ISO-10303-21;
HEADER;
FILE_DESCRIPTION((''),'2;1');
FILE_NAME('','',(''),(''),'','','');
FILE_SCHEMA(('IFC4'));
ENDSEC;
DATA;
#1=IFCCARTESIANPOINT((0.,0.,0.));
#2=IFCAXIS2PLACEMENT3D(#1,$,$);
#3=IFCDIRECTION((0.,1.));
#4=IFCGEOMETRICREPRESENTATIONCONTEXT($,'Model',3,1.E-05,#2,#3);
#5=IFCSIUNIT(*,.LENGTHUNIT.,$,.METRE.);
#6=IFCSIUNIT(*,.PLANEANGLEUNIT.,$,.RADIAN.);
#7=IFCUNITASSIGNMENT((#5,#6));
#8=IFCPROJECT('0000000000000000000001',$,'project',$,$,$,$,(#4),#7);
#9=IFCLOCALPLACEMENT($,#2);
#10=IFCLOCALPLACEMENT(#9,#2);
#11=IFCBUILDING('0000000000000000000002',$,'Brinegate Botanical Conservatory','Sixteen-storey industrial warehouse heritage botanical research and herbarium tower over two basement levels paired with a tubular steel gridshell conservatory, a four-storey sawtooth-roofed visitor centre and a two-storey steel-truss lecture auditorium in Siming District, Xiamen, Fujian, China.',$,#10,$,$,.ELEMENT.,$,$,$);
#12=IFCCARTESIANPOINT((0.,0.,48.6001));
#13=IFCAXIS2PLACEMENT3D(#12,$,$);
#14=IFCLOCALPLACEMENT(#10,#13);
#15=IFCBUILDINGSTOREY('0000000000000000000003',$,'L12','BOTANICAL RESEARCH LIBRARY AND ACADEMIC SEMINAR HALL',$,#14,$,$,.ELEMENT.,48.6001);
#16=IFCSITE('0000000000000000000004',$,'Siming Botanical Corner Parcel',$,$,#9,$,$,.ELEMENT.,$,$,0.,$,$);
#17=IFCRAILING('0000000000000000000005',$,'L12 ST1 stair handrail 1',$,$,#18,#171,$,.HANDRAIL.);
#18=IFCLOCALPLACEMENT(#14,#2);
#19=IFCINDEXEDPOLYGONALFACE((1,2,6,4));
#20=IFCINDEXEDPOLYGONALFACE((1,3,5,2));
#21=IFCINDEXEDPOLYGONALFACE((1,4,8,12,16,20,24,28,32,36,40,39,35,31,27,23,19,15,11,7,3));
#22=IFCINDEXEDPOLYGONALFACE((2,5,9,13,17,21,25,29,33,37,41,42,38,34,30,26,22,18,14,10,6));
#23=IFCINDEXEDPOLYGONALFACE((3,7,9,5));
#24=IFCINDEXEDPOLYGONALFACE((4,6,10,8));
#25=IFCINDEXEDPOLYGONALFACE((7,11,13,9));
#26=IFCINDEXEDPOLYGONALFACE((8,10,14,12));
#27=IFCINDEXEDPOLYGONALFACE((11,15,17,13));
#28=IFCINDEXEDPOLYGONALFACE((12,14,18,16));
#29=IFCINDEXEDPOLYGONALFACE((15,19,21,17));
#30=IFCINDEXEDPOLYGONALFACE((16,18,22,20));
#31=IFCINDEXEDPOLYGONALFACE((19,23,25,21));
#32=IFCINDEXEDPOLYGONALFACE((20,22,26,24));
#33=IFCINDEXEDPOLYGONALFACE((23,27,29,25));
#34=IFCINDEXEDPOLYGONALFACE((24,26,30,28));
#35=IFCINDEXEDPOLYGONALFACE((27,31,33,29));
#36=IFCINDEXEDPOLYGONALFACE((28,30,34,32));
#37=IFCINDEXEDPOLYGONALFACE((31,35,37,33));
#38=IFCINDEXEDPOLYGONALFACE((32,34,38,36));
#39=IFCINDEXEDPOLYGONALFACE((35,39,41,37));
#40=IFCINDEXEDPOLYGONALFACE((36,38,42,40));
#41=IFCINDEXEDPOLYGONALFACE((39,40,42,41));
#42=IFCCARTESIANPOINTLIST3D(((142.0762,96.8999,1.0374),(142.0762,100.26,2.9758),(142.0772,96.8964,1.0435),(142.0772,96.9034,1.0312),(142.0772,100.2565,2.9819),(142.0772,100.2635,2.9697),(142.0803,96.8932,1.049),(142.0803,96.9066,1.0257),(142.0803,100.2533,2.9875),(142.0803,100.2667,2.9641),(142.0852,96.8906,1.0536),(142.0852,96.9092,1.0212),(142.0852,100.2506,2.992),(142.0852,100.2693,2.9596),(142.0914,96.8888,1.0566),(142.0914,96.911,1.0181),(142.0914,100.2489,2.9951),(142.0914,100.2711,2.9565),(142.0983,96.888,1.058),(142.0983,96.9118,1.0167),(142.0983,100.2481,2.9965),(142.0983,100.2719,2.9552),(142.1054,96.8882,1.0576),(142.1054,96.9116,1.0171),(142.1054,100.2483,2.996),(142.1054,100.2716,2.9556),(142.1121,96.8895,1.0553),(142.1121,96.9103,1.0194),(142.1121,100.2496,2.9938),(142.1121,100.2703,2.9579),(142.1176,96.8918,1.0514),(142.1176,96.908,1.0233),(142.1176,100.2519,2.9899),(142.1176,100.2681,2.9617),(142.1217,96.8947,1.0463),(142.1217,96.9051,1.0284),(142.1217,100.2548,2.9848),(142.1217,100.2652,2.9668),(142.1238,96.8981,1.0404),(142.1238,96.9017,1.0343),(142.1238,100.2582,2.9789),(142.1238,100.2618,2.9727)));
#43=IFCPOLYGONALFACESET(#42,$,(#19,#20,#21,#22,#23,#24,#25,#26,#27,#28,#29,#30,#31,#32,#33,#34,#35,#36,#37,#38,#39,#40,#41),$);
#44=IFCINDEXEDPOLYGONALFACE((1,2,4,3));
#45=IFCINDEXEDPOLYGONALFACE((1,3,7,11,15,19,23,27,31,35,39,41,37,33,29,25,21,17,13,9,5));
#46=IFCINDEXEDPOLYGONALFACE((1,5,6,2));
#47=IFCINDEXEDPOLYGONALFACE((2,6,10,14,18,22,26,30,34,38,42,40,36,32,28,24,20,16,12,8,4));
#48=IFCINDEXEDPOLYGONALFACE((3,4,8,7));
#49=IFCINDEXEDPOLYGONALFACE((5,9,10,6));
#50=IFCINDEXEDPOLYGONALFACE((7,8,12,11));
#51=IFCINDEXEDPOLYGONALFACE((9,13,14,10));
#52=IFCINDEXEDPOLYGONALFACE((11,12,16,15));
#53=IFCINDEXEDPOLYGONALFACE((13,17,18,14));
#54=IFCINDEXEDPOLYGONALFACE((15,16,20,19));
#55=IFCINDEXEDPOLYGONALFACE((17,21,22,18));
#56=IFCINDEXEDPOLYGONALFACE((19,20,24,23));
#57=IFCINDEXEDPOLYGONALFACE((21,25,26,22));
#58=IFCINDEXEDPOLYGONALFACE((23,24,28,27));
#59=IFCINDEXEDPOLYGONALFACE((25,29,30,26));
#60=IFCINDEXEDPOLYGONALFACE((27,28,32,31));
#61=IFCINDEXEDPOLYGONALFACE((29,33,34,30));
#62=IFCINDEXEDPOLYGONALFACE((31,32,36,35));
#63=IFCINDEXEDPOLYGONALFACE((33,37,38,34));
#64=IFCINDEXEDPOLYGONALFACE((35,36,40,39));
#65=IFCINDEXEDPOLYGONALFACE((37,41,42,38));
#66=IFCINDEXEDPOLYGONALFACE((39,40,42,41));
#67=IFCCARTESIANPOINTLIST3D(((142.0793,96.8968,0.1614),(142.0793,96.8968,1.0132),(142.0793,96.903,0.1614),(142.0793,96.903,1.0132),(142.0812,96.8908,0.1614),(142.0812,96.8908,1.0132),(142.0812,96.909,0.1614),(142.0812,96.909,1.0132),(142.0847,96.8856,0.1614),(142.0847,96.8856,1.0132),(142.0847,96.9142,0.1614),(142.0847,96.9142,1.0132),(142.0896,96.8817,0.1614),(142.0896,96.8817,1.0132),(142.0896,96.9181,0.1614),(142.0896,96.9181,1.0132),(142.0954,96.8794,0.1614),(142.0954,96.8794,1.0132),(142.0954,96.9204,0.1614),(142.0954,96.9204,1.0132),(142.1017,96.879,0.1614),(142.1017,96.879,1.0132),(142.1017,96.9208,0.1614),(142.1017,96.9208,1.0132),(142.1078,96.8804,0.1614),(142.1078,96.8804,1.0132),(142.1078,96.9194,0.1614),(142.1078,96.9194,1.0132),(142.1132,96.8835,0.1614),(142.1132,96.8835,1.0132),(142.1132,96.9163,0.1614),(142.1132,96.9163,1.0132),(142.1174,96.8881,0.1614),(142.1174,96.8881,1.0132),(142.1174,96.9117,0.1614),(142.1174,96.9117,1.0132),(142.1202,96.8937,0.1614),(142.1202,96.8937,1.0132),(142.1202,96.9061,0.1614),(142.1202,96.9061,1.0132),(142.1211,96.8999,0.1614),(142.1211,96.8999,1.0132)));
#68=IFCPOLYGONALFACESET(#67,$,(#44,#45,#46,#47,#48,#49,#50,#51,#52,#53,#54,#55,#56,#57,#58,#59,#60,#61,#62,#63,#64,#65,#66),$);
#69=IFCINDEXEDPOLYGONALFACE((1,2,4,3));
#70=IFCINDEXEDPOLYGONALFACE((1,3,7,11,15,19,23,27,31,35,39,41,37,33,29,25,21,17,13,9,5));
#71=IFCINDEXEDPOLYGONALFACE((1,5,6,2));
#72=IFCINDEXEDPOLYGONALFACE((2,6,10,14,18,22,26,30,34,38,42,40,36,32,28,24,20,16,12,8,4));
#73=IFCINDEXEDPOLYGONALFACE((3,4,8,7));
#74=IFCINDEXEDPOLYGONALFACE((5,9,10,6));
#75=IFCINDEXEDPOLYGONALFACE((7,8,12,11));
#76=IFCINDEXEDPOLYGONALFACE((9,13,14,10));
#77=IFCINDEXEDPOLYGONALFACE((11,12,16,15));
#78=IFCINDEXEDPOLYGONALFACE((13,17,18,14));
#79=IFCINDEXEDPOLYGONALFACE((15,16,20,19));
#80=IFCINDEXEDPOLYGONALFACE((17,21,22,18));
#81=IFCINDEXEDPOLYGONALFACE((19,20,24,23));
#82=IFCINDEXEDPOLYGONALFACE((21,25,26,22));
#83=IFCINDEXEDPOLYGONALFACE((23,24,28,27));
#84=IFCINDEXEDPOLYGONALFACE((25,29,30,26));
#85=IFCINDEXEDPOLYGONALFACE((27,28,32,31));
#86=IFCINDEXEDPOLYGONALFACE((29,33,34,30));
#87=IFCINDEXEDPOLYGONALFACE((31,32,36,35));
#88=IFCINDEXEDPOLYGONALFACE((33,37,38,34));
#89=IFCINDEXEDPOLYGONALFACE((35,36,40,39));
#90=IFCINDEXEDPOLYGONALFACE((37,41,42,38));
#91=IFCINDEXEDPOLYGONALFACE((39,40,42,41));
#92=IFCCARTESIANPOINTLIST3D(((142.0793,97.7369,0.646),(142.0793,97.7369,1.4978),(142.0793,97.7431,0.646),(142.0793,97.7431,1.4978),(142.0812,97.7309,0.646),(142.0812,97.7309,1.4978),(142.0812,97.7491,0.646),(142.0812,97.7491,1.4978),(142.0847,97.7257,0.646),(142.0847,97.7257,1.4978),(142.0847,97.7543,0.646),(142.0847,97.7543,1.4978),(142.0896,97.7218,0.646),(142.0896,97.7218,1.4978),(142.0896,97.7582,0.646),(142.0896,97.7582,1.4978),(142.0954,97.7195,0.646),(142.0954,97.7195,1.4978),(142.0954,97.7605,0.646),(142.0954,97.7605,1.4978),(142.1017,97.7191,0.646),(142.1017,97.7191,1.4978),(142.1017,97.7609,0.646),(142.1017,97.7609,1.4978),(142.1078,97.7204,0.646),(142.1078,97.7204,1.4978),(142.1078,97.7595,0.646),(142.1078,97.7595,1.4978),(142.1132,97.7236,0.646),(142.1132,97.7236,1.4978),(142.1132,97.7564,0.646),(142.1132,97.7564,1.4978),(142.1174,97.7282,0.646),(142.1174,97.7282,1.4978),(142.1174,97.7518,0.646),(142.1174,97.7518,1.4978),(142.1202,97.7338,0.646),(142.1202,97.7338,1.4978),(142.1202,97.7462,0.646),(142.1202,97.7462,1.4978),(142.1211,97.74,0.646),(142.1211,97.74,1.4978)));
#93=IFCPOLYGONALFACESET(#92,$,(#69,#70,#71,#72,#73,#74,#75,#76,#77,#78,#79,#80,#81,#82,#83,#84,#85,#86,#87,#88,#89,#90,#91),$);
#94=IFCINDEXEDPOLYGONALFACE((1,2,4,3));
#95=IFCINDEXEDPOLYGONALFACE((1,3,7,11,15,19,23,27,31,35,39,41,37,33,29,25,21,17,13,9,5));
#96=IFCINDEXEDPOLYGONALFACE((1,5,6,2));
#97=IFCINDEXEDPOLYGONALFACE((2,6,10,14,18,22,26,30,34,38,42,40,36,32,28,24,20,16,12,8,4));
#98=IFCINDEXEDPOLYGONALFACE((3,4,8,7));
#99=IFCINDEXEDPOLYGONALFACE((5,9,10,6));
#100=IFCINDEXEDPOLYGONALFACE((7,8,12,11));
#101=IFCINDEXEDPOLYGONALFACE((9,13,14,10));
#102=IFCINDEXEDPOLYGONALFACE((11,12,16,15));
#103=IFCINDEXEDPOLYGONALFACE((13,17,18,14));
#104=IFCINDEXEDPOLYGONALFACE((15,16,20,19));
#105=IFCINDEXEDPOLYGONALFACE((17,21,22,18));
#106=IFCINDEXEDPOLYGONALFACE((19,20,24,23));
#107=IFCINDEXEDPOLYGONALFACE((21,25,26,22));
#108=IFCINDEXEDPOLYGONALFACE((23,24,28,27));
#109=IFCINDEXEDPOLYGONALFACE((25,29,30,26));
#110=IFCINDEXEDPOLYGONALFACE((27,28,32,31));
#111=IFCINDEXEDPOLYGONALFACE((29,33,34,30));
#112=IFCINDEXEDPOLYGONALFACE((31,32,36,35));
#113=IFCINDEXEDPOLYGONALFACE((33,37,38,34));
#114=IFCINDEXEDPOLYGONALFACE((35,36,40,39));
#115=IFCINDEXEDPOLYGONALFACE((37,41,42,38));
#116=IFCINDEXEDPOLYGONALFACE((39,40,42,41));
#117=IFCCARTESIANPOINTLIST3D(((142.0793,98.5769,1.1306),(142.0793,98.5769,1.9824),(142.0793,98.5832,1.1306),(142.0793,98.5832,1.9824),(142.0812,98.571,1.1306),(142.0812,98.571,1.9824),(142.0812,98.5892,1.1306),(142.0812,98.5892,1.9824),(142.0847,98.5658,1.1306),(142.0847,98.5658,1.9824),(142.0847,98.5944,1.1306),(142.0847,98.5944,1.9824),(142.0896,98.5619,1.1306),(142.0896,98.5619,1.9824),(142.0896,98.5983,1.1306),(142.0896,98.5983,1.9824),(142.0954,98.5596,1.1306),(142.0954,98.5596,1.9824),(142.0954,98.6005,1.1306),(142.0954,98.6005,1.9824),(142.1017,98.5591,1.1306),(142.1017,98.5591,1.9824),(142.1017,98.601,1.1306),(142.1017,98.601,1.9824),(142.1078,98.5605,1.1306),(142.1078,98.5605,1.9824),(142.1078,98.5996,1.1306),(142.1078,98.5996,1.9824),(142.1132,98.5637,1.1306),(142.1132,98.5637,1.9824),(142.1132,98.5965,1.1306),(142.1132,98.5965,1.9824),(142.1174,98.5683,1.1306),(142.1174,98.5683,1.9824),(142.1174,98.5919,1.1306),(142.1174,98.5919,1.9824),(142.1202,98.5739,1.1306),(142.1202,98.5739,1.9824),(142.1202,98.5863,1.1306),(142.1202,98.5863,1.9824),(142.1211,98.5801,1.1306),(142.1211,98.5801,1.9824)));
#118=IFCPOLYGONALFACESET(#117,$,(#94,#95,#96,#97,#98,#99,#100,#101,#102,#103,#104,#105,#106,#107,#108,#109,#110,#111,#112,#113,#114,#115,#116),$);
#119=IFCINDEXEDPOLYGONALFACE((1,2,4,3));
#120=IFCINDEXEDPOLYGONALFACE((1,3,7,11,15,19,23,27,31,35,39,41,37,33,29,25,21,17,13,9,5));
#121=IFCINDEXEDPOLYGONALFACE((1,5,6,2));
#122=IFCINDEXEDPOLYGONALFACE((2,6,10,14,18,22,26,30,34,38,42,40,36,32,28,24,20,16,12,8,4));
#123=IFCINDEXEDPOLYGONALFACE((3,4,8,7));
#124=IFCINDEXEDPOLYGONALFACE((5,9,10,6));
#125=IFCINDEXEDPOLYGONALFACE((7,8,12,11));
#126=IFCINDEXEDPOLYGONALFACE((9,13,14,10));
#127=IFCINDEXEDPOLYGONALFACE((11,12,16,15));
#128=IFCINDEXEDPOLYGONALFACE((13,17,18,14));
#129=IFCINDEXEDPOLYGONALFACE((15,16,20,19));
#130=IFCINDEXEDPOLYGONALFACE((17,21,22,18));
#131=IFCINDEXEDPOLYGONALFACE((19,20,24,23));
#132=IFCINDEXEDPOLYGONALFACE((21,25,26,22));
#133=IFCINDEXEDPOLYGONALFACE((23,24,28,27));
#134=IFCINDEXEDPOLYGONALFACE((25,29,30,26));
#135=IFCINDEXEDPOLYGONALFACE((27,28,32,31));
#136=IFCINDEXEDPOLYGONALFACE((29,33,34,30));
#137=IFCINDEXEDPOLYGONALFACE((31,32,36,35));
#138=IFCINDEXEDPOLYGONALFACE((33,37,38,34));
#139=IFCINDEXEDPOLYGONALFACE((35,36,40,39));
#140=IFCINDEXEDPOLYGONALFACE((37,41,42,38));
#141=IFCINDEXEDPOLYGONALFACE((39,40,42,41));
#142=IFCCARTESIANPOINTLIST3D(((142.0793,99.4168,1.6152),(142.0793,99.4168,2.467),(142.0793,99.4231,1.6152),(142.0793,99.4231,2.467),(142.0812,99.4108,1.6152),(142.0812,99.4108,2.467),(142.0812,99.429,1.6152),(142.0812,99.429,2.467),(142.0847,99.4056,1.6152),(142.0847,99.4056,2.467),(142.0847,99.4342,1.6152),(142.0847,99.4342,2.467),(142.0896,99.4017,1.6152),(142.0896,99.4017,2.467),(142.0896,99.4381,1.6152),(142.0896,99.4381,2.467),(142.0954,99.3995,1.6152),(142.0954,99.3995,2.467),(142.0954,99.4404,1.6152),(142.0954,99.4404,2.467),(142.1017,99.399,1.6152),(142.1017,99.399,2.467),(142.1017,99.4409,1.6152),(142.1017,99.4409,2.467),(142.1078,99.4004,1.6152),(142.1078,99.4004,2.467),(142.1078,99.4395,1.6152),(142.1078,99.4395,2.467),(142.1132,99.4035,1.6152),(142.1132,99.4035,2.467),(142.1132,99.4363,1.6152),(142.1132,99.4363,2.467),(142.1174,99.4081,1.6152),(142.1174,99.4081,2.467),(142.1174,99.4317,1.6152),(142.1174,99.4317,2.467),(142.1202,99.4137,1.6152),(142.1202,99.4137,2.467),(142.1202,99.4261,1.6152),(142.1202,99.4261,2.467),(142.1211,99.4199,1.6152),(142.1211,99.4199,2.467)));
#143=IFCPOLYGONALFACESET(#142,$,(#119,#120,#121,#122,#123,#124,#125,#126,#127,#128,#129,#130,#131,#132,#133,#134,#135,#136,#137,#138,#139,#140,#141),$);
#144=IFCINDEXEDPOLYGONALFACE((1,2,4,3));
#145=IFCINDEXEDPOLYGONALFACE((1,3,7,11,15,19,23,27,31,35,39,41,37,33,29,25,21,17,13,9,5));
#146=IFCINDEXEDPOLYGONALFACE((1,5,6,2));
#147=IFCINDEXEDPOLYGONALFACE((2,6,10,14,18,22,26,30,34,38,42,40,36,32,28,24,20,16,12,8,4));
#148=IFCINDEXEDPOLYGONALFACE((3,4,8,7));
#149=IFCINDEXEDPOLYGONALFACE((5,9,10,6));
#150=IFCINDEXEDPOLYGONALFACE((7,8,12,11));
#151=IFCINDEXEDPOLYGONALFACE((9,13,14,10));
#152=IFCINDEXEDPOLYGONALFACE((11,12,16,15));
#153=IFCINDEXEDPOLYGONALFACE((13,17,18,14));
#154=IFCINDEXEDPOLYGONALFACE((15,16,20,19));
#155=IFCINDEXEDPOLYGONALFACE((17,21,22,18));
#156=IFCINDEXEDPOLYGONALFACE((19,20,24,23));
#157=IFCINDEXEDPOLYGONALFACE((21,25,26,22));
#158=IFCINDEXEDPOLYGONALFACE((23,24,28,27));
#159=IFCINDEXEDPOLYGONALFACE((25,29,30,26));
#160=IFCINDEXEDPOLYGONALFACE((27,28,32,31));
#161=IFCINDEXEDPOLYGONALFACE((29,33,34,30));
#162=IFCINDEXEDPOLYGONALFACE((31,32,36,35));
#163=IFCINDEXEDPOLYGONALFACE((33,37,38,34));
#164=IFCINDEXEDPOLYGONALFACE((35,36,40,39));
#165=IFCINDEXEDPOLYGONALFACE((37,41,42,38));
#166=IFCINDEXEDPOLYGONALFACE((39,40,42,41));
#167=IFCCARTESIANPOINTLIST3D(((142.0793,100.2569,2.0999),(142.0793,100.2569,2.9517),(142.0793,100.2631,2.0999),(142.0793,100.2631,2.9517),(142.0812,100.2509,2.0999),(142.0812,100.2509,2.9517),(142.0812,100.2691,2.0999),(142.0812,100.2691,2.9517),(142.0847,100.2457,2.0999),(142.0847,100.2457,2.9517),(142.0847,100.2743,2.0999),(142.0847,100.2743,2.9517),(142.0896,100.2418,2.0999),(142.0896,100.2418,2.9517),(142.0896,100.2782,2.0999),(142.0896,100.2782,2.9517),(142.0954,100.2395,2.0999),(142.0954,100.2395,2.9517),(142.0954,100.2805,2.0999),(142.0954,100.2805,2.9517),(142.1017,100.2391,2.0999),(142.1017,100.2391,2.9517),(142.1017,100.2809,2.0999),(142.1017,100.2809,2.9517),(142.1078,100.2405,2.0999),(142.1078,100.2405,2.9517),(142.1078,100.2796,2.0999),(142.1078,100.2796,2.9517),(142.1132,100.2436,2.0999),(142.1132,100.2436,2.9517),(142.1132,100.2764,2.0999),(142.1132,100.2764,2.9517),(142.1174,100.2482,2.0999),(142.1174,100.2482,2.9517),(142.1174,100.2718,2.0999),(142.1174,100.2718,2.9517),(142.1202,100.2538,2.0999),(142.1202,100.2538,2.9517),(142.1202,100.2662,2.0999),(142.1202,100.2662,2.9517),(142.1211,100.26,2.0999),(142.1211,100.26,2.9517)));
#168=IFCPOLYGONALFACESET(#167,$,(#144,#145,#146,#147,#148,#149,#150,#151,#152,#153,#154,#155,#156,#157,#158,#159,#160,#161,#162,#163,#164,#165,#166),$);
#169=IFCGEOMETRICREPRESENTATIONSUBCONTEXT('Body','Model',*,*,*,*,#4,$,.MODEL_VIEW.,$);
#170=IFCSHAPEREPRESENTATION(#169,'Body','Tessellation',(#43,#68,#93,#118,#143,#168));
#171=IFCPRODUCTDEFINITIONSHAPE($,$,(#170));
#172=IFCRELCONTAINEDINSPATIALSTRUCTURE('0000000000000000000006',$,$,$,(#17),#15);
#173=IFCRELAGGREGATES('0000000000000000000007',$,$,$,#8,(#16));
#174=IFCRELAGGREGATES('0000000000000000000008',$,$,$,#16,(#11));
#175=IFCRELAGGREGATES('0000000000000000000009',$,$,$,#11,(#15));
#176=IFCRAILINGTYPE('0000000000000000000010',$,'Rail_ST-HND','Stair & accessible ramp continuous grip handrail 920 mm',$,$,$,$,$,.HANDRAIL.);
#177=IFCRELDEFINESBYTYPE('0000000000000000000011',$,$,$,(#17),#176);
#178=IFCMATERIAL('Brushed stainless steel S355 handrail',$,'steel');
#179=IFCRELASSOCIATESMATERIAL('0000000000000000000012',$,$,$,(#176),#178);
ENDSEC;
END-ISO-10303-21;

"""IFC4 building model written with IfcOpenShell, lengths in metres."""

from ifc_helpers import new_model, si_unit, direction, frame, origin, origin_2d, place, context, subcontext, project, spatial, circle, extrude, material, type_object, element, save


model = new_model("IFC4")

# Units and contexts
model_context = context("Model", 3, precision=1e-05, world=origin(), true_north=direction((0.0, 1.0)))
body_context = subcontext(model_context, "Body", "Model", "MODEL_VIEW")
ifc_project = project(units=[si_unit("LENGTHUNIT", "METRE"), si_unit("PLANEANGLEUNIT", "RADIAN")], contexts=[model_context])

# Site, building, storey
site_placement = place(None, origin())
site = spatial("IfcSite", under=ifc_project, at=site_placement, Name="Siming Botanical Corner Parcel", CompositionType="ELEMENT", RefElevation=0.0)
building_placement = place(site_placement, origin())
building = spatial("IfcBuilding", under=site, at=building_placement, Name="Brinegate Botanical Conservatory", Description="Sixteen-storey industrial warehouse heritage botanical research and herbarium tower over two basement levels paired with a tubular steel gridshell conservatory, a four-storey sawtooth-roofed visitor centre and a two-storey steel-truss lecture auditorium in Siming District, Xiamen, Fujian, China.", CompositionType="ELEMENT")
storey_placement = place(building_placement, frame((0.0, 0.0, 48.6001)))
storey = spatial("IfcBuildingStorey", under=building, at=storey_placement, Name="L12", Description="BOTANICAL RESEARCH LIBRARY AND ACADEMIC SEMINAR HALL", CompositionType="ELEMENT", Elevation=48.6001)

# Railing
ifc_material_1 = material(Name="Brushed stainless steel S355 handrail", Category="steel")
railing_type_1 = type_object("IfcRailingType", Name="Rail_ST-HND", Description="Stair & accessible ramp continuous grip handrail 920 mm", PredefinedType="HANDRAIL", material=ifc_material_1)
railing_1_placement = place(storey_placement, frame((142.1001, 96.8999, 0.1614)))
element("IfcRailing", 1, at=railing_1_placement, inside=storey, type_object=railing_type_1, Name="L12 ST1 stair handrail 1", PredefinedType="HANDRAIL", context=body_context, shape_type="SweptSolid", body=[
    extrude(circle(Radius=0.0239, at=origin_2d()), frame((0.0, 0.0, 0.876), z_axis=(0.0, 0.866191, 0.499713), x_axis=(-1.0, 0.0, 0.0)), (0.0, 0.0, 1.0), 3.8792),
    extrude(circle(Radius=0.021, at=origin_2d()), origin(), (0.0, 0.0, 1.0), 0.8518),
    extrude(circle(Radius=0.021, at=origin_2d()), frame((0.0, 0.8401, 0.4846)), (0.0, 0.0, 1.0), 0.8518),
    extrude(circle(Radius=0.021, at=origin_2d()), frame((0.0, 1.6802, 0.9692)), (0.0, 0.0, 1.0), 0.8518),
    extrude(circle(Radius=0.021, at=origin_2d()), frame((0.0, 2.52, 1.4539)), (0.0, 0.0, 1.0), 0.8518),
    extrude(circle(Radius=0.021, at=origin_2d()), frame((0.0, 3.3601, 1.9385)), (0.0, 0.0, 1.0), 0.8518),
])

save(model, "model.ifc")
